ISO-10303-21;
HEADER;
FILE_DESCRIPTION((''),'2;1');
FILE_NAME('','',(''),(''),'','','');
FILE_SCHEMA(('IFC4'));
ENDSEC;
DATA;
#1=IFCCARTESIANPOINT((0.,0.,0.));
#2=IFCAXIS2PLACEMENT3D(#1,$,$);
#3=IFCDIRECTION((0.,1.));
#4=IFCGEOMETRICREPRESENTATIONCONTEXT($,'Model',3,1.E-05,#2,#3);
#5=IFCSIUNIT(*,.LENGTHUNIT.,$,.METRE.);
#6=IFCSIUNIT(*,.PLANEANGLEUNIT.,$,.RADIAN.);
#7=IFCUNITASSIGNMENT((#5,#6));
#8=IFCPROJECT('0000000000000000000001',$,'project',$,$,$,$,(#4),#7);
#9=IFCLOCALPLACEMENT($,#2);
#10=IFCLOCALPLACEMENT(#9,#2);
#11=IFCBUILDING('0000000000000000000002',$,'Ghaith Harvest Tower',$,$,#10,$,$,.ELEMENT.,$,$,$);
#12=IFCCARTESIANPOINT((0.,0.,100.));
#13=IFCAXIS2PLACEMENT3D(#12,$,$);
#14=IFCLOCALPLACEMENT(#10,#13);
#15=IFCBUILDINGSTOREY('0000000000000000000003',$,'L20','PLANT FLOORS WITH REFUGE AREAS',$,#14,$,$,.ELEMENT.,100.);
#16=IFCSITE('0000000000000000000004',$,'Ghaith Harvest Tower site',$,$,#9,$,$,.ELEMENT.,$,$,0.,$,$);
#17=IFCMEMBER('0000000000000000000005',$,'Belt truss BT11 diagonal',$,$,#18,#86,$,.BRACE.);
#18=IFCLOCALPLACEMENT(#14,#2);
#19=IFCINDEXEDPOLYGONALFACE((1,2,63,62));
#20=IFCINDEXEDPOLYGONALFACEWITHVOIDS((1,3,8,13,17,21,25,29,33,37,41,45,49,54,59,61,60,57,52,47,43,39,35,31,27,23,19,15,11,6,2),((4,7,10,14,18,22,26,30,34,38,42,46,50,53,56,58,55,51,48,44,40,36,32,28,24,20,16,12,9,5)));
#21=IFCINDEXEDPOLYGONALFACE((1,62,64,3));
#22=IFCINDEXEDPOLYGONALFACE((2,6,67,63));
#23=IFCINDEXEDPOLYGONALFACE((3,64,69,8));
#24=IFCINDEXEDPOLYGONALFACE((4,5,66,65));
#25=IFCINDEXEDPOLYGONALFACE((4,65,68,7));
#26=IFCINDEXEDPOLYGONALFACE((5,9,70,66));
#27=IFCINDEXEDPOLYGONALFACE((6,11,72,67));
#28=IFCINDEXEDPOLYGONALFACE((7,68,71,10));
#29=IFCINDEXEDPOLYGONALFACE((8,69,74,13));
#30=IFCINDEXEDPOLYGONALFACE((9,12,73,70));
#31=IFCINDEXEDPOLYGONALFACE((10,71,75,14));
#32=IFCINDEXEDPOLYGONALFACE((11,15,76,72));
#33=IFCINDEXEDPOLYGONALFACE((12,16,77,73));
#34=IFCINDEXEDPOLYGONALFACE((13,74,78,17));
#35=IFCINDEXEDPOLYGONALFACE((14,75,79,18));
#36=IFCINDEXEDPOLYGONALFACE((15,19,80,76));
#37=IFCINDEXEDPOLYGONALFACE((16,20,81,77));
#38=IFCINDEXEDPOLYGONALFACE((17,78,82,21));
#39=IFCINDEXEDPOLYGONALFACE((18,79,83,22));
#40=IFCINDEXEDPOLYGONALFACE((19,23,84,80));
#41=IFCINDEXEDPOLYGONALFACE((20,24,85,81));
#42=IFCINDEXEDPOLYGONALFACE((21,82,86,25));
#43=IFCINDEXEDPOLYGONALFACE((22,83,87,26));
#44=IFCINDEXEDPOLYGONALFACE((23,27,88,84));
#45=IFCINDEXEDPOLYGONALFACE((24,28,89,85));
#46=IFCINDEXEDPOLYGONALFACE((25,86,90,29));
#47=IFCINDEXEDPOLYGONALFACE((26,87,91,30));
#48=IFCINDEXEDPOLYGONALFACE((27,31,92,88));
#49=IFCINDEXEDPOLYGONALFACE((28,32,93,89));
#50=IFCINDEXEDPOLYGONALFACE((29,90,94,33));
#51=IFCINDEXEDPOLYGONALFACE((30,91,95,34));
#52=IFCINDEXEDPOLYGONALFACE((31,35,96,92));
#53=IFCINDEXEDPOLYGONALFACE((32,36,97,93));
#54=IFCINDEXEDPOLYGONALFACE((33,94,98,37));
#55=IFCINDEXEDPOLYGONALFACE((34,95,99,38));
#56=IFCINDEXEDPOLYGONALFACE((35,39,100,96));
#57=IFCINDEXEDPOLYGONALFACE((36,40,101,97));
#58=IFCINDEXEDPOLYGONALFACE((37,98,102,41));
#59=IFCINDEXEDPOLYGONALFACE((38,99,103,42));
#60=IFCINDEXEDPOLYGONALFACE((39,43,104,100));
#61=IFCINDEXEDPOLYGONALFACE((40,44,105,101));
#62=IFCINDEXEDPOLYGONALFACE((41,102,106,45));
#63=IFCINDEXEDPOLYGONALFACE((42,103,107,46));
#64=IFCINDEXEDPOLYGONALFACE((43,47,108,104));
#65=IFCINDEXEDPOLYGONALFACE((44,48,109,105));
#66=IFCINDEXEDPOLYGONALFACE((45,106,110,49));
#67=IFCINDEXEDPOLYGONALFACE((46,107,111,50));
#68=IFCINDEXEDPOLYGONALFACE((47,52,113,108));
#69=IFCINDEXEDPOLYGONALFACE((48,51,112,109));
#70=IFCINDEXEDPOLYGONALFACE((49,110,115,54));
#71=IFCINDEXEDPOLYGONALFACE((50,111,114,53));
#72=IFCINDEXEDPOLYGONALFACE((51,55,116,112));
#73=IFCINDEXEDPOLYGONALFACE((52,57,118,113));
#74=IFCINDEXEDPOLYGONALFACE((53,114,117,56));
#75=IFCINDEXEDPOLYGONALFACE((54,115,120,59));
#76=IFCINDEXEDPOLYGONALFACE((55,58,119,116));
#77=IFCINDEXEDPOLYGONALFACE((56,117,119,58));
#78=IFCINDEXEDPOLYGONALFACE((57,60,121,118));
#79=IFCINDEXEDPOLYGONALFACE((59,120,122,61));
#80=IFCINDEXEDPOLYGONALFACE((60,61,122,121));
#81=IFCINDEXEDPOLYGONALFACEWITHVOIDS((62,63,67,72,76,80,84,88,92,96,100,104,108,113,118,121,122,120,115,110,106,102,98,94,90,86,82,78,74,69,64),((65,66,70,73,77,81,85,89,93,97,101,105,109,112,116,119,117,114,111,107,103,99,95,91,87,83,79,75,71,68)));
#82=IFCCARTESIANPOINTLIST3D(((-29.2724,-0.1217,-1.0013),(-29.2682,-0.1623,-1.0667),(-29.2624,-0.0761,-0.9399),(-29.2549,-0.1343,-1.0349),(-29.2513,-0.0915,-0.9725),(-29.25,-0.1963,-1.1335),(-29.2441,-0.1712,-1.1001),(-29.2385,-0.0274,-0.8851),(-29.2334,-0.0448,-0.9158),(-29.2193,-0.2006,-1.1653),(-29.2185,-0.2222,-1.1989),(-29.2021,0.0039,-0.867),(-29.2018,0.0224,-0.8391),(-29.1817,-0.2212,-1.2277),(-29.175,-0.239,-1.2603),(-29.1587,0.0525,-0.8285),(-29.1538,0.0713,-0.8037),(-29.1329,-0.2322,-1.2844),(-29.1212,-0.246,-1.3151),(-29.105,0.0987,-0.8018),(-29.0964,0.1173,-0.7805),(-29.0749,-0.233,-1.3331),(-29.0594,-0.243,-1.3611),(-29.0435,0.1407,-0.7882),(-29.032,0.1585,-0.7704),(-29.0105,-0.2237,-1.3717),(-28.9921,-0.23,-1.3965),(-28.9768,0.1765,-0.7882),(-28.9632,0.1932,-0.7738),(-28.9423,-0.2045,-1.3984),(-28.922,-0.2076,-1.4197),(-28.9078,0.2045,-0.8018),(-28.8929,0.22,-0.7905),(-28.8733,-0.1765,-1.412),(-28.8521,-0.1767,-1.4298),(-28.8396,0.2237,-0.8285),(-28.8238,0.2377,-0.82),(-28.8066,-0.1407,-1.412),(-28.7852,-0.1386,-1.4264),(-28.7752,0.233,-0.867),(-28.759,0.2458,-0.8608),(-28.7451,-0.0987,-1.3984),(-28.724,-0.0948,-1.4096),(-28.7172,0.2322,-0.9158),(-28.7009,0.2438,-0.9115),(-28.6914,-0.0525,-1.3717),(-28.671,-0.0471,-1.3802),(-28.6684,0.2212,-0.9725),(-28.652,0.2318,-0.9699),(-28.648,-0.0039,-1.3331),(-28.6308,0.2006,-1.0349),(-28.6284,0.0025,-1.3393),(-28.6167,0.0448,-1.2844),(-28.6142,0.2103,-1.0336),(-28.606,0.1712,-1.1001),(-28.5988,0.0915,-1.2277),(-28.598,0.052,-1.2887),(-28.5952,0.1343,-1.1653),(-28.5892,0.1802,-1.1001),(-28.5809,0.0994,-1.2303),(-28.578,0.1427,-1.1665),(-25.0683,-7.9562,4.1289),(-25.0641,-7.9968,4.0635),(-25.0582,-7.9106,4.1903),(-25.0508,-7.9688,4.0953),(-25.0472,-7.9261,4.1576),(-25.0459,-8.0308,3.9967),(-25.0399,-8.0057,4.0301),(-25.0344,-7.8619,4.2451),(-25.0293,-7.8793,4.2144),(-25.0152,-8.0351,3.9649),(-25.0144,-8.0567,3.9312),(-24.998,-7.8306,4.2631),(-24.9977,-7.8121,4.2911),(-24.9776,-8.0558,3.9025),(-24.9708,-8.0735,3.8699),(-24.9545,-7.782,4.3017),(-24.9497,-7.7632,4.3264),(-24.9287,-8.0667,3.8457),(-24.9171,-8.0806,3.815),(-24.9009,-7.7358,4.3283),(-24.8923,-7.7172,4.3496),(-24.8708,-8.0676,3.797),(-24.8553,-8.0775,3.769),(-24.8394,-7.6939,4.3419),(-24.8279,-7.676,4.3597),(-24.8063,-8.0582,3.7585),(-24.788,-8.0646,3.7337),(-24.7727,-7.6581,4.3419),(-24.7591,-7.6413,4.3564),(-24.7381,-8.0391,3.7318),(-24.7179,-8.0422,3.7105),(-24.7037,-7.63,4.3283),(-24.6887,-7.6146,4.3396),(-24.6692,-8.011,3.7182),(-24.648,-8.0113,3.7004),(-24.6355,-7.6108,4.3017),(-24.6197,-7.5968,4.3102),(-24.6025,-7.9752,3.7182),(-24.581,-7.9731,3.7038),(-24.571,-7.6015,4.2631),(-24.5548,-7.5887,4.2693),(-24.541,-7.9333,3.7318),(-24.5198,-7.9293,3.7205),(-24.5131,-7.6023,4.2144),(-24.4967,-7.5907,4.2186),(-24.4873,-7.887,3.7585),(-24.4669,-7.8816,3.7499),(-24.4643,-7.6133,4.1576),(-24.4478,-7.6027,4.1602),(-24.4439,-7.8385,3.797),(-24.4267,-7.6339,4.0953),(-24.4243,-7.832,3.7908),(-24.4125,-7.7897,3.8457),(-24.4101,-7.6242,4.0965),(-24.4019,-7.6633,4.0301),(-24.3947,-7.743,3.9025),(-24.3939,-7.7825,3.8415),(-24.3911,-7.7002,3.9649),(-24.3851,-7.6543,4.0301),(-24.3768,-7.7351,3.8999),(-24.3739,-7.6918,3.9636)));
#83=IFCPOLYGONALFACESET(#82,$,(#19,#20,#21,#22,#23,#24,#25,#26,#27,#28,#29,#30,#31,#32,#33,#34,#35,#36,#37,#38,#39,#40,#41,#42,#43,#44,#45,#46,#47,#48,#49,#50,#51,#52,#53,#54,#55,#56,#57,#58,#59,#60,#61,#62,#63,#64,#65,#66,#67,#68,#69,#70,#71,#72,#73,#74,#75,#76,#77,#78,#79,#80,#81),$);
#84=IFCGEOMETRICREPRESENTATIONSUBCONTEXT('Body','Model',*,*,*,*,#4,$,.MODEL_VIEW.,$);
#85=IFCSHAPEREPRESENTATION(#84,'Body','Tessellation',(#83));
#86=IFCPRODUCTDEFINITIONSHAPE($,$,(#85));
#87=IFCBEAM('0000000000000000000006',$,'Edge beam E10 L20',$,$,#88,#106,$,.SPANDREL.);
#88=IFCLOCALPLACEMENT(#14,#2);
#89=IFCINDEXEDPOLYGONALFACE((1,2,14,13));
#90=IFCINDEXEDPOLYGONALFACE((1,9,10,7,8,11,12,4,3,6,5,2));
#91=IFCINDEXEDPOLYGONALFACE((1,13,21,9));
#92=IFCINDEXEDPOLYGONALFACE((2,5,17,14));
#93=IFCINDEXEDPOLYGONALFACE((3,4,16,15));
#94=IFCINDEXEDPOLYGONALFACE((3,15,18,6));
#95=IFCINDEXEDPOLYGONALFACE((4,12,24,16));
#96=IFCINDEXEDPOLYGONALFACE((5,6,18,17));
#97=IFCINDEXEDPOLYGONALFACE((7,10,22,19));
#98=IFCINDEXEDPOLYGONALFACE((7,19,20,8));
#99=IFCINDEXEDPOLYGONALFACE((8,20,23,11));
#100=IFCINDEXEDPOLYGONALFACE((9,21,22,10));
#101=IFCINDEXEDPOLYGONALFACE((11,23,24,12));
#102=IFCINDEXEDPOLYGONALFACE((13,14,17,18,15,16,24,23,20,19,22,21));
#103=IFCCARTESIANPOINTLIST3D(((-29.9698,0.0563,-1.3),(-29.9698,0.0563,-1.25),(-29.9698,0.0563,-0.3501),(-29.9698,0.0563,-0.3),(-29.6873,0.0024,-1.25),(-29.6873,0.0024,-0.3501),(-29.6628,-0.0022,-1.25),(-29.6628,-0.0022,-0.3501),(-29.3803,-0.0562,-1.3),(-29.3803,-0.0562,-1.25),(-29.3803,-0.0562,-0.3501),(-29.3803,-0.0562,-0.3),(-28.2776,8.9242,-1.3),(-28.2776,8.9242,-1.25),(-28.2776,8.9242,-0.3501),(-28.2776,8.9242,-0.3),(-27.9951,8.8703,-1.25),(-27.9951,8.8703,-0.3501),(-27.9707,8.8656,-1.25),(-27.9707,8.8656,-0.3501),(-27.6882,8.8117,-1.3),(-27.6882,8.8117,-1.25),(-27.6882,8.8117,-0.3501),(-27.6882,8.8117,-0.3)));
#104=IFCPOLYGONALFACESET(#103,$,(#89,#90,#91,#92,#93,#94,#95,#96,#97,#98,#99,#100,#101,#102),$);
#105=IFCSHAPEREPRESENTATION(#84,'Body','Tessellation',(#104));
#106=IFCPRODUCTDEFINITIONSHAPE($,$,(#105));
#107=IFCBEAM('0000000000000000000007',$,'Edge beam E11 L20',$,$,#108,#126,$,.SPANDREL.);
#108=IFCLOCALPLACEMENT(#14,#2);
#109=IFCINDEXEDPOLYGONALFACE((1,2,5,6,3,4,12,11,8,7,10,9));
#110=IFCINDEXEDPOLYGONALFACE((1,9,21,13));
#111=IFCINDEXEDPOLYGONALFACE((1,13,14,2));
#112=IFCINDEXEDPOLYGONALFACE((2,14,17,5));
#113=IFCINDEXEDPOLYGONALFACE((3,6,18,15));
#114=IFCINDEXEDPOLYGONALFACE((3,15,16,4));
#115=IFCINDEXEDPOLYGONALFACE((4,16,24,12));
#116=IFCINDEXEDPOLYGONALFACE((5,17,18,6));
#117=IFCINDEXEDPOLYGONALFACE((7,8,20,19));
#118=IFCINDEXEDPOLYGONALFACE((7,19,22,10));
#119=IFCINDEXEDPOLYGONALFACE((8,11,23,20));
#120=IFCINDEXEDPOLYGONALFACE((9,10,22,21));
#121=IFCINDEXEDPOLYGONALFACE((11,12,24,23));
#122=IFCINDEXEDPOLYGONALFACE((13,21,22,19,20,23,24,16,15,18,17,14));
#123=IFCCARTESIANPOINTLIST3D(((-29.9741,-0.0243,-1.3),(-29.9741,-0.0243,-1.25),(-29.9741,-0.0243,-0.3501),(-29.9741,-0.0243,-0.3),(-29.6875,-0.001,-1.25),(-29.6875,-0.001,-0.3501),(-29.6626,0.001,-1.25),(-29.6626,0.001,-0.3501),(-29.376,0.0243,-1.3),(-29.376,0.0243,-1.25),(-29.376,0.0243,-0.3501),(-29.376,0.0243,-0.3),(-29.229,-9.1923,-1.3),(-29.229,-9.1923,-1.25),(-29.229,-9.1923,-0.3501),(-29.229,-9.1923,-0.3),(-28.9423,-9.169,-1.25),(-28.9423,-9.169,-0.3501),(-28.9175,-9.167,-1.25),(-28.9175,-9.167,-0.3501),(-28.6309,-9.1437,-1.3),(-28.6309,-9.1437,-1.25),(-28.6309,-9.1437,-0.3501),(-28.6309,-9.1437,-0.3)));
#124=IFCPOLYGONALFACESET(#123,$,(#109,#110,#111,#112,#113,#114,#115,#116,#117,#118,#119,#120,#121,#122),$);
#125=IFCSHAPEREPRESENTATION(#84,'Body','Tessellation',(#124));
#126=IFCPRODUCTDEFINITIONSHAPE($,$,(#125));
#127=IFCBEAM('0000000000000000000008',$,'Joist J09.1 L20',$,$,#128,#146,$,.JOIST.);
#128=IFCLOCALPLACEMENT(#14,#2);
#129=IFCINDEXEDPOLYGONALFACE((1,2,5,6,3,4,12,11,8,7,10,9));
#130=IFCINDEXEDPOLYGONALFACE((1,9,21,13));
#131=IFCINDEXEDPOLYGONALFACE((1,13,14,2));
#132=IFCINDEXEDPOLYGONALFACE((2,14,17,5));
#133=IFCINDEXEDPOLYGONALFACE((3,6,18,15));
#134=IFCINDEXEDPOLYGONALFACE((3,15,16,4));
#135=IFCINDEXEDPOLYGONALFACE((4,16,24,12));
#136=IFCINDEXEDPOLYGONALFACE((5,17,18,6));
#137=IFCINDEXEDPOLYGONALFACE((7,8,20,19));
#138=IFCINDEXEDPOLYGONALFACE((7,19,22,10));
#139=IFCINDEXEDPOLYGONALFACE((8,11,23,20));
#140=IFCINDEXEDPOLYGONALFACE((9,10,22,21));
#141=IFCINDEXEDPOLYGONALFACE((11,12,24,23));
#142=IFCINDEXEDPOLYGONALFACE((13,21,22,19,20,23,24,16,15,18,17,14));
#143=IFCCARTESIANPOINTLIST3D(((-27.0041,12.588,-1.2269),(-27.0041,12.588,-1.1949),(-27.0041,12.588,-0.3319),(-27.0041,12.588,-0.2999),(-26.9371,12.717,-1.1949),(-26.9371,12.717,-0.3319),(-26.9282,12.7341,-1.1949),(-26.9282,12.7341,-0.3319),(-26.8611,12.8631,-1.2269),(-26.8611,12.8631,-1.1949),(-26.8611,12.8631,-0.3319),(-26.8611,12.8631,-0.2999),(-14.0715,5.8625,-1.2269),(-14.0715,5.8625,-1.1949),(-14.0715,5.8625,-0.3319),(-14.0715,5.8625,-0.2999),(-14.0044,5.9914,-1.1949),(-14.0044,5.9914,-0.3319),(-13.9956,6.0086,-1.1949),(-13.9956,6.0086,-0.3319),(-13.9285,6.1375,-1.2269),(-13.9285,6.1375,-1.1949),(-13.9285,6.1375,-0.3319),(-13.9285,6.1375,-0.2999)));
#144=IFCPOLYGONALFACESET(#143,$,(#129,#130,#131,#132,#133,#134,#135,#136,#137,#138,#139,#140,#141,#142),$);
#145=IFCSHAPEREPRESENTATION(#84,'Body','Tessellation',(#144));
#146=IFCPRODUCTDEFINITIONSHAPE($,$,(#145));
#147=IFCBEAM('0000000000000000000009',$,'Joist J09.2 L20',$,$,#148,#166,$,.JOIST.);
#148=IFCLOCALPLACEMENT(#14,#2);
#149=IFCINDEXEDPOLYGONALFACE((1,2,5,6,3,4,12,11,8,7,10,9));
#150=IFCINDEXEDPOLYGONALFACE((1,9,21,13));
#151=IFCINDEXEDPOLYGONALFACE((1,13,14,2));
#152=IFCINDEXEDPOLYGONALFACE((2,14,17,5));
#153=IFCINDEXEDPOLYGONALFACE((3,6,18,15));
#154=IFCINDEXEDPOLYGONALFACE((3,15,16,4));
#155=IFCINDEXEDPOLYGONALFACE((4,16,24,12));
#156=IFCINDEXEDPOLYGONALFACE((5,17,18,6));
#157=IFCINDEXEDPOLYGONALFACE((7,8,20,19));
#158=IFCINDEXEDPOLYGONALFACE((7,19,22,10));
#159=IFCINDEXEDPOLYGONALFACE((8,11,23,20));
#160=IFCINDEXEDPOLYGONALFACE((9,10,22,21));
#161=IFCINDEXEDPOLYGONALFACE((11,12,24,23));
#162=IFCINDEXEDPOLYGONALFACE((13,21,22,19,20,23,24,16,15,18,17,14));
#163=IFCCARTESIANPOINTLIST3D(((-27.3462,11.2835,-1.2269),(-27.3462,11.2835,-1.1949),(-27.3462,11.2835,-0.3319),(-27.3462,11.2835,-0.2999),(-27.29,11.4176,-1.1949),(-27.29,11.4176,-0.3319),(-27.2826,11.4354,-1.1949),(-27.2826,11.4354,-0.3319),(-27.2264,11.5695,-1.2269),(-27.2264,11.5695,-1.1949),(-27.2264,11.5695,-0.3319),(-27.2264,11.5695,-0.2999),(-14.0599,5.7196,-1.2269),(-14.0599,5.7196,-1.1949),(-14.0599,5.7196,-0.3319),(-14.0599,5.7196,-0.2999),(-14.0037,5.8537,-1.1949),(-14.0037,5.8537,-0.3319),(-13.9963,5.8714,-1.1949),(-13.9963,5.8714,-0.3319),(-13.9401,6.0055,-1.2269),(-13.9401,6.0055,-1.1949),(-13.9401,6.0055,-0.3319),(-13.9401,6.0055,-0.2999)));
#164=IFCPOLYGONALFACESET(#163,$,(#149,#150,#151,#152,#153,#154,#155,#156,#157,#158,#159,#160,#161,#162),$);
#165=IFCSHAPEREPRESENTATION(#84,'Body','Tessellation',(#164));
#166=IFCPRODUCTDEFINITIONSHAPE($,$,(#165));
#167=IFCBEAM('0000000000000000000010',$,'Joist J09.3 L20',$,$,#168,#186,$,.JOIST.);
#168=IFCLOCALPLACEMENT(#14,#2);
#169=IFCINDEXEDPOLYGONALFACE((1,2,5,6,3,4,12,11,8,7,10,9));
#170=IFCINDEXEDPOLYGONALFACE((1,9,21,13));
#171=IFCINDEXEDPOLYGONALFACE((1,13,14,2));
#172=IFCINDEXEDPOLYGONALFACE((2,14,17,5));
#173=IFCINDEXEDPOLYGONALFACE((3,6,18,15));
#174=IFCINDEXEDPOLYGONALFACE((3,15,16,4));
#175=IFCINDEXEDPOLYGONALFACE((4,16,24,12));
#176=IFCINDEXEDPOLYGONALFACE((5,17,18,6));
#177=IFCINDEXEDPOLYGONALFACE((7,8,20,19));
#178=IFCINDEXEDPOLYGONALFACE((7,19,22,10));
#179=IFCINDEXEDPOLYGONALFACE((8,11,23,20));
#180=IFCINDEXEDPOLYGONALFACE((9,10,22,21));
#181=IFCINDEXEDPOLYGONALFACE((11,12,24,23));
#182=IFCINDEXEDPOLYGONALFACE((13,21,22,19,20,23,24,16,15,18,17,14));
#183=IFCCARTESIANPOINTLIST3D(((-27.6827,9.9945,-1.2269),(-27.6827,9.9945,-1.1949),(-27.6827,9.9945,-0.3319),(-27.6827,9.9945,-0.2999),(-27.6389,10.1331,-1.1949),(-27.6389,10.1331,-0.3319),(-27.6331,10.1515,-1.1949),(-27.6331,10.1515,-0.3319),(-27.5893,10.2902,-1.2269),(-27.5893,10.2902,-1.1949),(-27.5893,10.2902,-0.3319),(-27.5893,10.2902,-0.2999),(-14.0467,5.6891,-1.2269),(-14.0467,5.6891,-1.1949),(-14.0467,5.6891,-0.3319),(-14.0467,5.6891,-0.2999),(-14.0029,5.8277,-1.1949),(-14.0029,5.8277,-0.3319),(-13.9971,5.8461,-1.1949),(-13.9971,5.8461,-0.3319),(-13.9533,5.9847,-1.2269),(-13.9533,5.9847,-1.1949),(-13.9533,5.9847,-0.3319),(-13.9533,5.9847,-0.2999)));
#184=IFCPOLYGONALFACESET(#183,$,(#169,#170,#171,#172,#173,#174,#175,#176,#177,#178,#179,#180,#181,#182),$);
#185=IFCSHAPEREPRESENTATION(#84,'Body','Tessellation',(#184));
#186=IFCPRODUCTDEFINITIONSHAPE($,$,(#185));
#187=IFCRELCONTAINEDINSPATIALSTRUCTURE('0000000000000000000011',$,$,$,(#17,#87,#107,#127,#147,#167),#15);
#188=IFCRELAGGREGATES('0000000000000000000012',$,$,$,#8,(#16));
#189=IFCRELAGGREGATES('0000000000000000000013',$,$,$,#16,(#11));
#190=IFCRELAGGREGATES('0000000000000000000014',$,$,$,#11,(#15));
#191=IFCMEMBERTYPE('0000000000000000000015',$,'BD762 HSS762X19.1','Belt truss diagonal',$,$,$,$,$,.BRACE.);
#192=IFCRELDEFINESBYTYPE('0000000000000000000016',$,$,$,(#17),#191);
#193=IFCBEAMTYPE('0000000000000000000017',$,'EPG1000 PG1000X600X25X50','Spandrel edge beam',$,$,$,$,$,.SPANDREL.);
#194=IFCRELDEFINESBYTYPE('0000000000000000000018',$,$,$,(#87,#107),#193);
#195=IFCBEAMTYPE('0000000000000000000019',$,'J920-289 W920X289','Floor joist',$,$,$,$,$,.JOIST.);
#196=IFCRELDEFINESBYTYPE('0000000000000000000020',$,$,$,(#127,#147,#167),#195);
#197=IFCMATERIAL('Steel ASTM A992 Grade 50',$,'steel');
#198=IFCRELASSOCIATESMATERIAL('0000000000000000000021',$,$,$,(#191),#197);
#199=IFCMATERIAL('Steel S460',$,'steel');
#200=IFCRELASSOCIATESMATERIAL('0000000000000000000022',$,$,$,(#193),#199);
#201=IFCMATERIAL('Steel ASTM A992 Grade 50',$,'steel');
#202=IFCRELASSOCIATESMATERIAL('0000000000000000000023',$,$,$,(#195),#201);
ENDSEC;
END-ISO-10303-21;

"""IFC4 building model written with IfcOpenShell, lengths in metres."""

from ifc_helpers import new_model, si_unit, direction, frame, origin, origin_2d, place, context, subcontext, project, spatial, hollow_circle, i_section, extrude, material, material_profile, profile_set, type_object, element, save


model = new_model("IFC4")

# Units and contexts
model_context = context("Model", 3, precision=1e-05, world=origin(), true_north=direction((0.0, 1.0)))
body_context = subcontext(model_context, "Body", "Model", "MODEL_VIEW")
ifc_project = project(units=[si_unit("LENGTHUNIT", "METRE"), si_unit("PLANEANGLEUNIT", "RADIAN")], contexts=[model_context])

# Site, building, storey
site_placement = place(None, origin())
site = spatial("IfcSite", under=ifc_project, at=site_placement, Name="Ghaith Harvest Tower site", CompositionType="ELEMENT", RefElevation=0.0)
building_placement = place(site_placement, origin())
building = spatial("IfcBuilding", under=site, at=building_placement, Name="Ghaith Harvest Tower", CompositionType="ELEMENT")
storey_placement = place(building_placement, frame((0.0, 0.0, 100.0)))
storey = spatial("IfcBuildingStorey", under=building, at=storey_placement, Name="L20", Description="PLANT FLOORS WITH REFUGE AREAS", CompositionType="ELEMENT", Elevation=100.0)

# Member
ifc_material_1 = material(Name="Steel ASTM A992 Grade 50", Category="steel")
ifc_material_profile_1 = material_profile(ifc_material_1, hollow_circle(Radius=0.3811, WallThickness=0.019, at=origin_2d()), Name="HSS762X19.1")
ifc_profile_set_1 = profile_set([ifc_material_profile_1], Name="Steel ASTM A992 Grade 50")
member_type_1 = type_object("IfcMemberType", Name="BD762 HSS762X19.1", Description="Belt truss diagonal", PredefinedType="BRACE", material=ifc_profile_set_1)
member_1_placement = place(storey_placement, frame((-28.925, 0.0, -1.1001), z_axis=(0.409554, -0.763217, 0.499765), x_axis=(0.881149, 0.472839, 0.0)))
element("IfcMember", 1, at=member_1_placement, inside=storey, type_object=member_type_1, Name="Belt truss BT11 diagonal", PredefinedType="BRACE", context=body_context, shape_type="SweptSolid", body=[
    extrude(hollow_circle(Radius=0.3811, WallThickness=0.019, at=origin_2d()), origin(), (0.0, 0.0, 1.0), 10.2651),
])

# Beams
ifc_material_2 = material(Name="Steel S460", Category="steel")
ifc_material_profile_2 = material_profile(ifc_material_2, i_section(OverallWidth=0.6001, OverallDepth=1.0, WebThickness=0.0249, FlangeThickness=0.05, at=origin_2d()), Name="PG1000X600X25X50")
ifc_profile_set_2 = profile_set([ifc_material_profile_2], Name="Steel S460")
beam_type_1 = type_object("IfcBeamType", Name="EPG1000 PG1000X600X25X50", Description="Spandrel edge beam", PredefinedType="SPANDREL", material=ifc_profile_set_2)
beam_1_placement = place(storey_placement, frame((-27.9829, 8.8679, -0.8), z_axis=(-0.187434, -0.982277, 0.0), x_axis=(0.982277, -0.187434, 0.0)))
element("IfcBeam", 2, at=beam_1_placement, inside=storey, type_object=beam_type_1, Name="Edge beam E10 L20", PredefinedType="SPANDREL", context=body_context, shape_type="SweptSolid", body=[
    extrude(i_section(OverallWidth=0.6001, OverallDepth=1.0, WebThickness=0.0249, FlangeThickness=0.05, at=origin_2d()), origin(), (0.0, 0.0, 1.0), 9.0278),
])
beam_2_placement = place(storey_placement, frame((-29.675, 0.0, -0.8), z_axis=(0.081007, -0.996714, 0.0), x_axis=(0.996714, 0.081007, 0.0)))
element("IfcBeam", 3, at=beam_2_placement, inside=storey, type_object=beam_type_1, Name="Edge beam E11 L20", PredefinedType="SPANDREL", context=body_context, shape_type="SweptSolid", body=[
    extrude(i_section(OverallWidth=0.6001, OverallDepth=1.0, WebThickness=0.0249, FlangeThickness=0.05, at=origin_2d()), origin(), (0.0, 0.0, 1.0), 9.1982),
])
ifc_material_3 = material(Name="Steel ASTM A992 Grade 50", Category="steel")
ifc_material_profile_3 = material_profile(ifc_material_3, i_section(OverallWidth=0.3101, OverallDepth=0.927, WebThickness=0.0193, FlangeThickness=0.032, at=origin_2d()), Name="W920X289")
ifc_profile_set_3 = profile_set([ifc_material_profile_3], Name="Steel ASTM A992 Grade 50")
beam_type_2 = type_object("IfcBeamType", Name="J920-289 W920X289", Description="Floor joist", PredefinedType="JOIST", material=ifc_profile_set_3)
beam_3_placement = place(storey_placement, frame((-14.0, 6.0, -0.7634), z_axis=(-0.887199, 0.461386, 0.0), x_axis=(-0.461386, -0.887199, 0.0)))
element("IfcBeam", 4, at=beam_3_placement, inside=storey, type_object=beam_type_2, Name="Joist J09.1 L20", PredefinedType="JOIST", context=body_context, shape_type="SweptSolid", body=[
    extrude(i_section(OverallWidth=0.3101, OverallDepth=0.927, WebThickness=0.0193, FlangeThickness=0.032, at=origin_2d()), origin(), (0.0, 0.0, 1.0), 14.5769),
])
beam_4_placement = place(storey_placement, frame((-14.0, 5.8625, -0.7634), z_axis=(-0.922386, 0.38627, 0.0), x_axis=(-0.38627, -0.922386, 0.0)))
element("IfcBeam", 5, at=beam_4_placement, inside=storey, type_object=beam_type_2, Name="Joist J09.2 L20", PredefinedType="JOIST", context=body_context, shape_type="SweptSolid", body=[
    extrude(i_section(OverallWidth=0.3101, OverallDepth=0.927, WebThickness=0.0193, FlangeThickness=0.032, at=origin_2d()), origin(), (0.0, 0.0, 1.0), 14.4043),
])
beam_5_placement = place(storey_placement, frame((-14.0, 5.8369, -0.7634), z_axis=(-0.953596, 0.301088, 0.0), x_axis=(-0.301088, -0.953596, 0.0)))
element("IfcBeam", 6, at=beam_5_placement, inside=storey, type_object=beam_type_2, Name="Joist J09.3 L20", PredefinedType="JOIST", context=body_context, shape_type="SweptSolid", body=[
    extrude(i_section(OverallWidth=0.3101, OverallDepth=0.927, WebThickness=0.0193, FlangeThickness=0.032, at=origin_2d()), origin(), (0.0, 0.0, 1.0), 14.2996),
])

save(model, "model.ifc")
